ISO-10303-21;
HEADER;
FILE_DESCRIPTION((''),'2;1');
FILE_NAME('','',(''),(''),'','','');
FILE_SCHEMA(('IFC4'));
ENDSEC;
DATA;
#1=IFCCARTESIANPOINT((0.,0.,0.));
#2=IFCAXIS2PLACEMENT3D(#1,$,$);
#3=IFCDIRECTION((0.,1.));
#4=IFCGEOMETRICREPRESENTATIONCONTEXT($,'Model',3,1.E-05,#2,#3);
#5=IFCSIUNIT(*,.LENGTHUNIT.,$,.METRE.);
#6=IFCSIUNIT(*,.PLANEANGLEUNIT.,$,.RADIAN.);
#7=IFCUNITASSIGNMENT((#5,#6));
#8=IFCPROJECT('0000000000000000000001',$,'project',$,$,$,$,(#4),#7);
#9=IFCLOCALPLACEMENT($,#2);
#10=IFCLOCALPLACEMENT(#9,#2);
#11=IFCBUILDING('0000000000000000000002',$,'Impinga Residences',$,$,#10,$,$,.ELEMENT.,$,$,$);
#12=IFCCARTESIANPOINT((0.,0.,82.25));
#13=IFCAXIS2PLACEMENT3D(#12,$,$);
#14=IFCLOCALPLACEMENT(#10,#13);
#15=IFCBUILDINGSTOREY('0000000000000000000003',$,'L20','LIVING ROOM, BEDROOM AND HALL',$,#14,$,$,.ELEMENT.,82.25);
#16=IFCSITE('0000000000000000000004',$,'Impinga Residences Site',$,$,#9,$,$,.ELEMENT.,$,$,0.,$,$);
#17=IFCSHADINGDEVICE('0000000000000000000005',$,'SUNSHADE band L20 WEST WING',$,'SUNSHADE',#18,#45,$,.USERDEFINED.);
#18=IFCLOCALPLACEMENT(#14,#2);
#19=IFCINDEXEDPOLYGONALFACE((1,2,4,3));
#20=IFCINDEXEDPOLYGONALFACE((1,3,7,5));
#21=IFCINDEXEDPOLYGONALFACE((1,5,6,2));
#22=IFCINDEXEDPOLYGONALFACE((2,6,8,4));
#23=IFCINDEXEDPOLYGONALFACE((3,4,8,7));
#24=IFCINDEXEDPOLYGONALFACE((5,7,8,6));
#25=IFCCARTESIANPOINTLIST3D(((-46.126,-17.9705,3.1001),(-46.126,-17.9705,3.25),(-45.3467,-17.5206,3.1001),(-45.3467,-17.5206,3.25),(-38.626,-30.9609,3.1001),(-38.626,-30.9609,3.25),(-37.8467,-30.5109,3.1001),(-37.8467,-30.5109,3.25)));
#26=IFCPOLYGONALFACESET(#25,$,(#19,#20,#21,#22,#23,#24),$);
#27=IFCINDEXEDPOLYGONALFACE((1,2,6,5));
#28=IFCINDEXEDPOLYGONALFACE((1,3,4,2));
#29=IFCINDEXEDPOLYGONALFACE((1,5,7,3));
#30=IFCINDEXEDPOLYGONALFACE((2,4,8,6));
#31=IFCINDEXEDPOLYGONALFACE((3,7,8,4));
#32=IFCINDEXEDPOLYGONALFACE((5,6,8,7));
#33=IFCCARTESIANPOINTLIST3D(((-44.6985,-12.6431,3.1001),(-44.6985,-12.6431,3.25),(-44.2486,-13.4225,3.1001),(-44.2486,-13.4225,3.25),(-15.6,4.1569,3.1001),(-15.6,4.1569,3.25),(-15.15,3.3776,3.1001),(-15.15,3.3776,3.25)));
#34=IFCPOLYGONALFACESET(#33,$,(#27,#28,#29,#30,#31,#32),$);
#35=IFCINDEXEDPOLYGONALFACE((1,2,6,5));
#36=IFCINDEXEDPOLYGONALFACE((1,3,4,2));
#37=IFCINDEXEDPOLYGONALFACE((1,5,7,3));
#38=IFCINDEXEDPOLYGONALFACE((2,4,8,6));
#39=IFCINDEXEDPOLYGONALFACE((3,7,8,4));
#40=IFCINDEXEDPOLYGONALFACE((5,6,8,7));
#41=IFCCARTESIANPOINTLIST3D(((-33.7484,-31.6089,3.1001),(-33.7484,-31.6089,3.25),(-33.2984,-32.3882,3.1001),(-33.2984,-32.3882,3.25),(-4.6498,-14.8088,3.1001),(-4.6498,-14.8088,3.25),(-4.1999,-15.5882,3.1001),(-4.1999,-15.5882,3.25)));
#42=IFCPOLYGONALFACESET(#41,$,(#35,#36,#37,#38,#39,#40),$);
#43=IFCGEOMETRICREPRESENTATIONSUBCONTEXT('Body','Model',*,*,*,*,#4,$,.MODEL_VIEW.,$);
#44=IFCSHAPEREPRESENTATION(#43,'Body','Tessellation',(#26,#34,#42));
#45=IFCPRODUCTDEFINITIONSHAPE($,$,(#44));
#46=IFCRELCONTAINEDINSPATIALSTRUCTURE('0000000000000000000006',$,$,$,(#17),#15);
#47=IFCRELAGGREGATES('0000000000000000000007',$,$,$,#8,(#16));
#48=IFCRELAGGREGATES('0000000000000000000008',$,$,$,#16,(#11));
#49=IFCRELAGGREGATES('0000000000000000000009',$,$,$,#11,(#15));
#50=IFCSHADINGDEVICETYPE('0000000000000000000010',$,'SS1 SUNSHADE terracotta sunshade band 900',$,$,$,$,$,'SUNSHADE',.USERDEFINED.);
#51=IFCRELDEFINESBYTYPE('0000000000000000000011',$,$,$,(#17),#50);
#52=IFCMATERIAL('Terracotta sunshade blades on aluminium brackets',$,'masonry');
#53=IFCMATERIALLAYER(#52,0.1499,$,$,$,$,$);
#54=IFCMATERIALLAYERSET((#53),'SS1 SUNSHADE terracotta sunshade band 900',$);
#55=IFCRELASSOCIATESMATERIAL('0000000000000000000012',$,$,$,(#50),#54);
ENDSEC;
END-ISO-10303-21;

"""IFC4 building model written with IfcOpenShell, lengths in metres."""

from ifc_helpers import new_model, si_unit, direction, frame, origin, origin_2d, place, context, subcontext, project, spatial, rectangle, extrude, material, layer, layer_set, type_object, element, save


model = new_model("IFC4")

# Units and contexts
model_context = context("Model", 3, precision=1e-05, world=origin(), true_north=direction((0.0, 1.0)))
body_context = subcontext(model_context, "Body", "Model", "MODEL_VIEW")
ifc_project = project(units=[si_unit("LENGTHUNIT", "METRE"), si_unit("PLANEANGLEUNIT", "RADIAN")], contexts=[model_context])

# Site, building, storey
site_placement = place(None, origin())
site = spatial("IfcSite", under=ifc_project, at=site_placement, Name="Impinga Residences Site", CompositionType="ELEMENT", RefElevation=0.0)
building_placement = place(site_placement, origin())
building = spatial("IfcBuilding", under=site, at=building_placement, Name="Impinga Residences", CompositionType="ELEMENT")
storey_placement = place(building_placement, frame((0.0, 0.0, 82.25)))
storey = spatial("IfcBuildingStorey", under=building, at=storey_placement, Name="L20", Description="LIVING ROOM, BEDROOM AND HALL", CompositionType="ELEMENT", Elevation=82.25)

# Shading device
ifc_material_1 = material(Name="Terracotta sunshade blades on aluminium brackets", Category="masonry")
ifc_layer_1 = layer(ifc_material_1, 0.1499)
ifc_layer_set_1 = layer_set([ifc_layer_1], Name="SS1 SUNSHADE terracotta sunshade band 900")
shading_device_type = type_object("IfcShadingDeviceType", Name="SS1 SUNSHADE terracotta sunshade band 900", ElementType="SUNSHADE", PredefinedType="USERDEFINED", material=ifc_layer_set_1)
shading_device_placement = place(storey_placement, frame((-41.9863, -24.2407, 3.1001), z_axis=(0.0, 0.0, 1.0), x_axis=(-0.5, 0.866025, 0.0)))
element("IfcShadingDevice", 1, at=shading_device_placement, inside=storey, type_object=shading_device_type, Name="SUNSHADE band L20 WEST WING", ObjectType="SUNSHADE", PredefinedType="USERDEFINED", context=body_context, shape_type="SweptSolid", body=[
    extrude(rectangle(XDim=15.0, YDim=0.8999, at=origin_2d()), origin(), (0.0, 0.0, 1.0), 0.1499),
    extrude(rectangle(XDim=33.6001, YDim=0.8999, at=origin_2d()), frame((10.95, -20.25, 0.0), z_axis=(0.0, 0.0, 1.0), x_axis=(0.0, -1.0, 0.0)), (0.0, 0.0, 1.0), 0.1499),
    extrude(rectangle(XDim=33.6001, YDim=0.8999, at=origin_2d()), frame((-10.95, -20.2502, 0.0), z_axis=(0.0, 0.0, 1.0), x_axis=(0.0, 1.0, 0.0)), (0.0, 0.0, 1.0), 0.1499),
])

save(model, "model.ifc")
